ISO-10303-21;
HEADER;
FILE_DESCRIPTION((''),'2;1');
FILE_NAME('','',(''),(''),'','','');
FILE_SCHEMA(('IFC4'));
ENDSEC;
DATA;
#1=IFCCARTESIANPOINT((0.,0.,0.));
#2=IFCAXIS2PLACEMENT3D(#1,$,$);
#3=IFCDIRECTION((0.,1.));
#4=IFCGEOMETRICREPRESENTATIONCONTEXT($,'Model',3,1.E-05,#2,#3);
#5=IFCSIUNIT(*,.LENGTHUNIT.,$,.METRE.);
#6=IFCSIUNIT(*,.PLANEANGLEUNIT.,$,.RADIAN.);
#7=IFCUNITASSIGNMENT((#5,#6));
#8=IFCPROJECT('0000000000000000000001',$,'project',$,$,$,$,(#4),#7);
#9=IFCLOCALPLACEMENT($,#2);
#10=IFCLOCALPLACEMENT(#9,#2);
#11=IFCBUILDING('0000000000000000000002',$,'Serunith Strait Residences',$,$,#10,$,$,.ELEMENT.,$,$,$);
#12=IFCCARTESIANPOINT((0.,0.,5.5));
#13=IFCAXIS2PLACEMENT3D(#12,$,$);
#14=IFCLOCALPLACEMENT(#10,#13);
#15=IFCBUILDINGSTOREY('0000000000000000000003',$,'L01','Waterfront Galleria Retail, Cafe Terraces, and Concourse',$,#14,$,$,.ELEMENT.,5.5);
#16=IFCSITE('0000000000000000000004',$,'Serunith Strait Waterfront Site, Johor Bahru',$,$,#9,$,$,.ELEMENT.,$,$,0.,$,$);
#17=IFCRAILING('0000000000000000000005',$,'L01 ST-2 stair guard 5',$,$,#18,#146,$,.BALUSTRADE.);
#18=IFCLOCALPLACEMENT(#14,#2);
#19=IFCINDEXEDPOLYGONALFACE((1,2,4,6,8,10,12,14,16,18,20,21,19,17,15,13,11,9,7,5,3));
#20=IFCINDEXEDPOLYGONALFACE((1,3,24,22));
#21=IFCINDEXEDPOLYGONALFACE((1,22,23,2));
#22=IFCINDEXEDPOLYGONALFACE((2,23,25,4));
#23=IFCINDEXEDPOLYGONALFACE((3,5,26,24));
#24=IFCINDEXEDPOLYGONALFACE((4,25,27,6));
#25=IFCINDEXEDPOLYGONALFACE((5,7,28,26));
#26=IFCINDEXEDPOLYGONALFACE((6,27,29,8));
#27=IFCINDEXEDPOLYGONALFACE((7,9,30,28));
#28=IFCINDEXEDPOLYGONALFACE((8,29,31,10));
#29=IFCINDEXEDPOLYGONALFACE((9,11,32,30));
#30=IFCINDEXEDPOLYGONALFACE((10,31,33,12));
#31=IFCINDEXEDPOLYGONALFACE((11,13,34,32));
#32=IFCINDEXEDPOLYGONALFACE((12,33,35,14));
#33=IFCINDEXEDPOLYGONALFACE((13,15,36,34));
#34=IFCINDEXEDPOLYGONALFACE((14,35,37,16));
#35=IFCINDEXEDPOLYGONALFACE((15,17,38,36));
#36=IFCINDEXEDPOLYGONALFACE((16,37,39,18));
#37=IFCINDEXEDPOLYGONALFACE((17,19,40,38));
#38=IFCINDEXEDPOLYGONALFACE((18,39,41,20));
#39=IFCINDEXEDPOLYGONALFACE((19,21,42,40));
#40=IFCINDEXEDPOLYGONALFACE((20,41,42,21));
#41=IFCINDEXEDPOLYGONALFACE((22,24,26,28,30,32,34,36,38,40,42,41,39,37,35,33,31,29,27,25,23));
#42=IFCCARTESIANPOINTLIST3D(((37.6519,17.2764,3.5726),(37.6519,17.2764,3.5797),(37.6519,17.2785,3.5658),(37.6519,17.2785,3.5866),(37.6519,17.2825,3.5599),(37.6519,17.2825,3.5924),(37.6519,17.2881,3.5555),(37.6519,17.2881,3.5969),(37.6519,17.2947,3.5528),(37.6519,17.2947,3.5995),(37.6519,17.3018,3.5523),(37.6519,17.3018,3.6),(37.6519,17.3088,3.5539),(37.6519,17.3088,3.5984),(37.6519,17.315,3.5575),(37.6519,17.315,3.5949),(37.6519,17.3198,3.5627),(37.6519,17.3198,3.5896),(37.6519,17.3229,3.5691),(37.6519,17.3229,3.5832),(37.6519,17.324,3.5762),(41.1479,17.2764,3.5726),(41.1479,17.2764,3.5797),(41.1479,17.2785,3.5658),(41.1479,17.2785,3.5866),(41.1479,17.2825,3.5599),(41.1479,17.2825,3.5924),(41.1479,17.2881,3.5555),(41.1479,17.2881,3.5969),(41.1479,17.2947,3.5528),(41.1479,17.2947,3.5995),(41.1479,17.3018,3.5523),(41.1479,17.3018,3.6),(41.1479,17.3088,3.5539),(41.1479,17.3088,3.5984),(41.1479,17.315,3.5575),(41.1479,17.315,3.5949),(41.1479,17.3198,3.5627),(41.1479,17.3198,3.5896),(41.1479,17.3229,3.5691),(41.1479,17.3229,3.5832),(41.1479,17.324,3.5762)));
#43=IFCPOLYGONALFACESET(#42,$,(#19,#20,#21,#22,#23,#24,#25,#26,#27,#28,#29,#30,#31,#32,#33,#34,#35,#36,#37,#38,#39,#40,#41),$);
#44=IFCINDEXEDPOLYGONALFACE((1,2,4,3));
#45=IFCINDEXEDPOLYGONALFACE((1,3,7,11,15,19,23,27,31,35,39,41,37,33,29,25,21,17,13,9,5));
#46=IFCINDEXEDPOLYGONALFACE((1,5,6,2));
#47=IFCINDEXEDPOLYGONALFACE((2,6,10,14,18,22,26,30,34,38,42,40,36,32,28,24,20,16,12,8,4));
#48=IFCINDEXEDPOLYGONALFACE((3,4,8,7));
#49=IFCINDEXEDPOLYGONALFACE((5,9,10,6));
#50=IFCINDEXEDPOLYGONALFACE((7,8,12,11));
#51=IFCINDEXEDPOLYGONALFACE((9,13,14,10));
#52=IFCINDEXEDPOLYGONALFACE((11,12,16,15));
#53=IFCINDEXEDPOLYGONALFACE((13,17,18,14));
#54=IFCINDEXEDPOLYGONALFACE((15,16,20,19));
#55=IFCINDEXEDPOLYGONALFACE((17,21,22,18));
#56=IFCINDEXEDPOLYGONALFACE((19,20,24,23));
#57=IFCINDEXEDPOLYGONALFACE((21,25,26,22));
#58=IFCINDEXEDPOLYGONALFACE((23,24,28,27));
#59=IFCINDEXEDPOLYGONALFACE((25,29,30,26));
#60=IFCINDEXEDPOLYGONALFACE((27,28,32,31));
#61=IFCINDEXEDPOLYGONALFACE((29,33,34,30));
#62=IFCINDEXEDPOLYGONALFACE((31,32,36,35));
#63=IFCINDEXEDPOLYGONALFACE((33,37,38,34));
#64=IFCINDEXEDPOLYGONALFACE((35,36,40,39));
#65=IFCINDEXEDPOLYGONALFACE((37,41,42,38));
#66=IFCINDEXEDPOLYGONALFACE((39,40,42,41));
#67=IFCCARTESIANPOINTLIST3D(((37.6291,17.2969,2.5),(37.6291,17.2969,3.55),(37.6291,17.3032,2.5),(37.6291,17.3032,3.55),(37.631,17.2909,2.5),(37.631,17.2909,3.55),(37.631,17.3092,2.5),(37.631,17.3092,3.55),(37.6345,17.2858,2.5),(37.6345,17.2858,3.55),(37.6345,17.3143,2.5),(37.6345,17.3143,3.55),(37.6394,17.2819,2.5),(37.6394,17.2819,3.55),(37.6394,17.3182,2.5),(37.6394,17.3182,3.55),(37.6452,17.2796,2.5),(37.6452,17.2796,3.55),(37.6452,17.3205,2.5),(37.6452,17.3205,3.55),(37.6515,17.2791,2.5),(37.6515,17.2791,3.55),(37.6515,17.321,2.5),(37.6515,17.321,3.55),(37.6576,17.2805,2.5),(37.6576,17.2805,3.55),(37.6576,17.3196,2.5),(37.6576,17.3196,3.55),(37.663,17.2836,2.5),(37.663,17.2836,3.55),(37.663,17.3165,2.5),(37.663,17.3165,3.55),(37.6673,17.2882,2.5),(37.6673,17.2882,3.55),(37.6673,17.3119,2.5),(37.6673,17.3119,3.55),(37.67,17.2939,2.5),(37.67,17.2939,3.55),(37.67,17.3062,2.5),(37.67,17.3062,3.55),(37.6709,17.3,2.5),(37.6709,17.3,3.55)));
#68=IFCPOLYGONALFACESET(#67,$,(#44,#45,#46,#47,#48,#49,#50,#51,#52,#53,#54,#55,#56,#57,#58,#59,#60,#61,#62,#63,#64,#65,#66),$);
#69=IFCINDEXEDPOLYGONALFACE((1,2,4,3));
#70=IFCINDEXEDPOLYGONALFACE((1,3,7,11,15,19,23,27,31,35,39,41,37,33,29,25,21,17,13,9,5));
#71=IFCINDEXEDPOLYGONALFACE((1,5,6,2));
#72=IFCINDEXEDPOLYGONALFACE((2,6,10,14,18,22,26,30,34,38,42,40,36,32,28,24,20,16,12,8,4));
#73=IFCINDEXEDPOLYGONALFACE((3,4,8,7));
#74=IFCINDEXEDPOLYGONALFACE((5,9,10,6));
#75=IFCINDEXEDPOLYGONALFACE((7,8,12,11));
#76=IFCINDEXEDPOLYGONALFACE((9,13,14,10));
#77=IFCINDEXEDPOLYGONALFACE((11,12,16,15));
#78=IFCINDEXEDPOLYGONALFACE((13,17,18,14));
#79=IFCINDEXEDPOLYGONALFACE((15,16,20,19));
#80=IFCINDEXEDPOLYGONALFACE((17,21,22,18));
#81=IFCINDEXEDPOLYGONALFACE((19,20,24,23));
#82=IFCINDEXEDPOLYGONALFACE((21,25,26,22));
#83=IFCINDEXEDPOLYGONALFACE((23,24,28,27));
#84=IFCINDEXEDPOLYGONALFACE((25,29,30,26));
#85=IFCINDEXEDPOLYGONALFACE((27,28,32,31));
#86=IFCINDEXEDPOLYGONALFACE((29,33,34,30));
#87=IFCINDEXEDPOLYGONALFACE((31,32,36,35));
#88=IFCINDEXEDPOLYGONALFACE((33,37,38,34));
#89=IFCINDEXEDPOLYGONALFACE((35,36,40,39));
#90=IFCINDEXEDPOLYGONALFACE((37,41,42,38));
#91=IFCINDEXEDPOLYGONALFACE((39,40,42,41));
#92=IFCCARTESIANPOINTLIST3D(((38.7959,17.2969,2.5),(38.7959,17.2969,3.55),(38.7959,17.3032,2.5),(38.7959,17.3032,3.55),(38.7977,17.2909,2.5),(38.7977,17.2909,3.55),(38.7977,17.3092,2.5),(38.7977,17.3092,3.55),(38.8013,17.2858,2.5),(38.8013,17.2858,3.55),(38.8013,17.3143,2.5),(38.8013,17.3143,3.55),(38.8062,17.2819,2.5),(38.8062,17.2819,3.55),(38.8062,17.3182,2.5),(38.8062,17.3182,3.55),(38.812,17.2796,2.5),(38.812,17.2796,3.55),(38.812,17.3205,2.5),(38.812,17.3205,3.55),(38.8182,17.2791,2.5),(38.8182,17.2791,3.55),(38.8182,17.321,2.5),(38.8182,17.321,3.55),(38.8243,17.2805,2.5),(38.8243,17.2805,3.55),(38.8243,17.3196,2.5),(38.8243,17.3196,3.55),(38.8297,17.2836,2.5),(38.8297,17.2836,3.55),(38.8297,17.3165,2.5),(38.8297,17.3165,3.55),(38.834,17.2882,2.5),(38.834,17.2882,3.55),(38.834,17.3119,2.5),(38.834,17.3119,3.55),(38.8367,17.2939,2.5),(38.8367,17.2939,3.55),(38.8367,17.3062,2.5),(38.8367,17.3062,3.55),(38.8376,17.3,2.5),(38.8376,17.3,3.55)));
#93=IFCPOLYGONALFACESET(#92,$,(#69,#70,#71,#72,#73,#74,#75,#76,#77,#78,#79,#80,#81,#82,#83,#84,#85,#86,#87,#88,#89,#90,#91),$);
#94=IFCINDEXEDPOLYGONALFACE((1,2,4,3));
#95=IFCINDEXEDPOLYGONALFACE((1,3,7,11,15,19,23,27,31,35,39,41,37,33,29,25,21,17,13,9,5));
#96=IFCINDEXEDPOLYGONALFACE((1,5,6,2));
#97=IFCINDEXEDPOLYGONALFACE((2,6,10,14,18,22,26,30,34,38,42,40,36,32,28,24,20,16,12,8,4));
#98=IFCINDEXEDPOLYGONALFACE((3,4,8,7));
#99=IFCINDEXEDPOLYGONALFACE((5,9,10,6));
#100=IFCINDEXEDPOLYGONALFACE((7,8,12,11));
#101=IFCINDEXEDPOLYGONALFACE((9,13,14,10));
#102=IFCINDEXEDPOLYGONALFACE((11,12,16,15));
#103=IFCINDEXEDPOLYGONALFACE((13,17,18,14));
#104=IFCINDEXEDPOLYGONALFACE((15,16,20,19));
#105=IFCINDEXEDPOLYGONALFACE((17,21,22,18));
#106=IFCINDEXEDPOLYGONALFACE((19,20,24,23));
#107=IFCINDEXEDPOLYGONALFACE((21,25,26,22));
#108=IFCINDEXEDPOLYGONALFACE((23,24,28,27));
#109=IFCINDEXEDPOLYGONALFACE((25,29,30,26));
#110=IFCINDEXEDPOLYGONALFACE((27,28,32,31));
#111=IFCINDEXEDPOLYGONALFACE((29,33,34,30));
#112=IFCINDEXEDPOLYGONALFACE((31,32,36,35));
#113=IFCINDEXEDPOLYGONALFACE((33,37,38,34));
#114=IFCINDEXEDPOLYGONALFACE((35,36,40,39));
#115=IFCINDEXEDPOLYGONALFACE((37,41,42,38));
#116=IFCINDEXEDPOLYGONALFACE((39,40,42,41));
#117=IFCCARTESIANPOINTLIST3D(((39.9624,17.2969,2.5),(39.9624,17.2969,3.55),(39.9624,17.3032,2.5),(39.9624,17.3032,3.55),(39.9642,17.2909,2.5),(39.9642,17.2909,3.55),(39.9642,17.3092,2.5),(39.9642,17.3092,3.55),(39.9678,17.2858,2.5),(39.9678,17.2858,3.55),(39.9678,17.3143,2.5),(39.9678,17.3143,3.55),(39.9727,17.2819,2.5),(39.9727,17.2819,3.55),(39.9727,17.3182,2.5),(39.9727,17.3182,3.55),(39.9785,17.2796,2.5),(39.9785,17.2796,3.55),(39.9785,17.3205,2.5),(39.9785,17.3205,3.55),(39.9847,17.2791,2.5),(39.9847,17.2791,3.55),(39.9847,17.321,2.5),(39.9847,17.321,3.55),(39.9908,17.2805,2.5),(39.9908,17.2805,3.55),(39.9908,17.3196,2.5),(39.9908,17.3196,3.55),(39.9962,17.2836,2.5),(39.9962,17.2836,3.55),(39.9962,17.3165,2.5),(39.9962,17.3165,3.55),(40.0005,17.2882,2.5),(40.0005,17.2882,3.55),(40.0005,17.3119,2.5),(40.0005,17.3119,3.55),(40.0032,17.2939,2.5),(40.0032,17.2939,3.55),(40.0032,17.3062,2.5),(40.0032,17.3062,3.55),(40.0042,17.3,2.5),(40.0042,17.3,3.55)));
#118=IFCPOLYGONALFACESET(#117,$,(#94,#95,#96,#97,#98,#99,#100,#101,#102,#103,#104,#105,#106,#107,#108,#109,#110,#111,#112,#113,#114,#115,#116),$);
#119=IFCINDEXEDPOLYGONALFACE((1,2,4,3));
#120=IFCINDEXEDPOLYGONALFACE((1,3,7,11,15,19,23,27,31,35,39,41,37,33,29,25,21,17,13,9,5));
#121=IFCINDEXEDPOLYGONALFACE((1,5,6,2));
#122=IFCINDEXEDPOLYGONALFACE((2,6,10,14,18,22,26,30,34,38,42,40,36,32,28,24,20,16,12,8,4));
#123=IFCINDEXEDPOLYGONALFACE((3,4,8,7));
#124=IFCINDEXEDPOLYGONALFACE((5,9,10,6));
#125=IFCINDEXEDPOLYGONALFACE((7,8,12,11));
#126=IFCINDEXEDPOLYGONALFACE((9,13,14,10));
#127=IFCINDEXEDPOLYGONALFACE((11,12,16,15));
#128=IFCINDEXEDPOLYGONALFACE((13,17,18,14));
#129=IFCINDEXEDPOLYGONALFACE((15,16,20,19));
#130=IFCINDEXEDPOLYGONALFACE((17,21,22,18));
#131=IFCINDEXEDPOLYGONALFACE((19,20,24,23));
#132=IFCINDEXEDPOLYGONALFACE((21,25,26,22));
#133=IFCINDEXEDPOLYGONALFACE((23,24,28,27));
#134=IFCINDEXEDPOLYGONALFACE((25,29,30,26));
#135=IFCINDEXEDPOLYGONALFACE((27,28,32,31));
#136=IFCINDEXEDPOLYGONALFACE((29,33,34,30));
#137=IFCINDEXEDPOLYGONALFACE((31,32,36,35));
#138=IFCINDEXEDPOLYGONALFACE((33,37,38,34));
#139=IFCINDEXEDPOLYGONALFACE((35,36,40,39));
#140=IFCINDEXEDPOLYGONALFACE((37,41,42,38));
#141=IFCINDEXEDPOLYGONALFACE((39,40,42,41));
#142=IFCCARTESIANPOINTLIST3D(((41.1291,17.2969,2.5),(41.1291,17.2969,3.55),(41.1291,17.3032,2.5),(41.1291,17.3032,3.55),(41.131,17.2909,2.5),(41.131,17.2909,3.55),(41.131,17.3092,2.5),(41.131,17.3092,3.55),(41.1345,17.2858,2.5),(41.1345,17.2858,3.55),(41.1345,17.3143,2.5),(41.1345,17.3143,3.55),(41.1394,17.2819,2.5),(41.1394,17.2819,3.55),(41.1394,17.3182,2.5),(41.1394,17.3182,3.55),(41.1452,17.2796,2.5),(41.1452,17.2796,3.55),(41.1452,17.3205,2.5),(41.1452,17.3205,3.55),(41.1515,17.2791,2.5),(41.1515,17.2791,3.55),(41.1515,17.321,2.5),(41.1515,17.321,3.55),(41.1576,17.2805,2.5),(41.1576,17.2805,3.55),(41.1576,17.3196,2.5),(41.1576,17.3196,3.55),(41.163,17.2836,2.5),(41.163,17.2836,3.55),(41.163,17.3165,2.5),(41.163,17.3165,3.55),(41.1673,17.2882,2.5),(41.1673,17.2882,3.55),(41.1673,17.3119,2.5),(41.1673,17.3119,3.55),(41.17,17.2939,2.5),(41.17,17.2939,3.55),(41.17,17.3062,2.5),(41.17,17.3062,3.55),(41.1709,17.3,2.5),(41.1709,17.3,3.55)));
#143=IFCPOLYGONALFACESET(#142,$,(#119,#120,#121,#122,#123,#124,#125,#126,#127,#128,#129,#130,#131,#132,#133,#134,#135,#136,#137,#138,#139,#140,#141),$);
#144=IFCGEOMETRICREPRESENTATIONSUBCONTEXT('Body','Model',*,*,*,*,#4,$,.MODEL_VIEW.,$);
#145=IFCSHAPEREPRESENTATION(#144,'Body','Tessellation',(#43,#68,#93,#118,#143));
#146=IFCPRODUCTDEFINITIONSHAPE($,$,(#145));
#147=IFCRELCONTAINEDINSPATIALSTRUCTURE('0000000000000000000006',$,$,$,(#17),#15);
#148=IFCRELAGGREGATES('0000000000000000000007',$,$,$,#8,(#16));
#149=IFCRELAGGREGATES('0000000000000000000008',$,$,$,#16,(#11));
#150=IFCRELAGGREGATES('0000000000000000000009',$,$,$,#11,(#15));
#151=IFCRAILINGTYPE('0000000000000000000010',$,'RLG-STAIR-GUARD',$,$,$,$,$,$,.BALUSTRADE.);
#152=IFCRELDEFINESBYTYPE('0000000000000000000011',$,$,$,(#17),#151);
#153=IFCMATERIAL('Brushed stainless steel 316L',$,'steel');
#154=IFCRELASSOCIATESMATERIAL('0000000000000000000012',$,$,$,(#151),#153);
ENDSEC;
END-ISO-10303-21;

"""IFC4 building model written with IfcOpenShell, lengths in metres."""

from ifc_helpers import new_model, si_unit, direction, frame, origin, origin_2d, place, context, subcontext, project, spatial, circle, extrude, material, type_object, element, save


model = new_model("IFC4")

# Units and contexts
model_context = context("Model", 3, precision=1e-05, world=origin(), true_north=direction((0.0, 1.0)))
body_context = subcontext(model_context, "Body", "Model", "MODEL_VIEW")
ifc_project = project(units=[si_unit("LENGTHUNIT", "METRE"), si_unit("PLANEANGLEUNIT", "RADIAN")], contexts=[model_context])

# Site, building, storey
site_placement = place(None, origin())
site = spatial("IfcSite", under=ifc_project, at=site_placement, Name="Serunith Strait Waterfront Site, Johor Bahru", CompositionType="ELEMENT", RefElevation=0.0)
building_placement = place(site_placement, origin())
building = spatial("IfcBuilding", under=site, at=building_placement, Name="Serunith Strait Residences", CompositionType="ELEMENT")
storey_placement = place(building_placement, frame((0.0, 0.0, 5.5)))
storey = spatial("IfcBuildingStorey", under=building, at=storey_placement, Name="L01", Description="Waterfront Galleria Retail, Cafe Terraces, and Concourse", CompositionType="ELEMENT", Elevation=5.5)

# Railing
ifc_material_1 = material(Name="Brushed stainless steel 316L", Category="steel")
railing_type = type_object("IfcRailingType", Name="RLG-STAIR-GUARD", PredefinedType="BALUSTRADE", material=ifc_material_1)
railing_1_placement = place(storey_placement, frame((37.6499, 17.3, 2.5)))
element("IfcRailing", 1, at=railing_1_placement, inside=storey, type_object=railing_type, Name="L01 ST-2 stair guard 5", PredefinedType="BALUSTRADE", context=body_context, shape_type="SweptSolid", body=[
    extrude(circle(Radius=0.0239, at=origin_2d()), frame((0.002, 0.0, 1.0762), z_axis=(1.0, 0.0, 0.0), x_axis=(0.0, 1.0, 0.0)), (0.0, 0.0, 1.0), 3.4961),
    extrude(circle(Radius=0.021, at=origin_2d()), origin(), (0.0, 0.0, 1.0), 1.05),
    extrude(circle(Radius=0.021, at=origin_2d()), frame((1.1667, 0.0, 0.0)), (0.0, 0.0, 1.0), 1.05),
    extrude(circle(Radius=0.021, at=origin_2d()), frame((2.3333, 0.0, 0.0)), (0.0, 0.0, 1.0), 1.05),
    extrude(circle(Radius=0.021, at=origin_2d()), frame((3.5, 0.0, 0.0)), (0.0, 0.0, 1.0), 1.05),
])

save(model, "model.ifc")
